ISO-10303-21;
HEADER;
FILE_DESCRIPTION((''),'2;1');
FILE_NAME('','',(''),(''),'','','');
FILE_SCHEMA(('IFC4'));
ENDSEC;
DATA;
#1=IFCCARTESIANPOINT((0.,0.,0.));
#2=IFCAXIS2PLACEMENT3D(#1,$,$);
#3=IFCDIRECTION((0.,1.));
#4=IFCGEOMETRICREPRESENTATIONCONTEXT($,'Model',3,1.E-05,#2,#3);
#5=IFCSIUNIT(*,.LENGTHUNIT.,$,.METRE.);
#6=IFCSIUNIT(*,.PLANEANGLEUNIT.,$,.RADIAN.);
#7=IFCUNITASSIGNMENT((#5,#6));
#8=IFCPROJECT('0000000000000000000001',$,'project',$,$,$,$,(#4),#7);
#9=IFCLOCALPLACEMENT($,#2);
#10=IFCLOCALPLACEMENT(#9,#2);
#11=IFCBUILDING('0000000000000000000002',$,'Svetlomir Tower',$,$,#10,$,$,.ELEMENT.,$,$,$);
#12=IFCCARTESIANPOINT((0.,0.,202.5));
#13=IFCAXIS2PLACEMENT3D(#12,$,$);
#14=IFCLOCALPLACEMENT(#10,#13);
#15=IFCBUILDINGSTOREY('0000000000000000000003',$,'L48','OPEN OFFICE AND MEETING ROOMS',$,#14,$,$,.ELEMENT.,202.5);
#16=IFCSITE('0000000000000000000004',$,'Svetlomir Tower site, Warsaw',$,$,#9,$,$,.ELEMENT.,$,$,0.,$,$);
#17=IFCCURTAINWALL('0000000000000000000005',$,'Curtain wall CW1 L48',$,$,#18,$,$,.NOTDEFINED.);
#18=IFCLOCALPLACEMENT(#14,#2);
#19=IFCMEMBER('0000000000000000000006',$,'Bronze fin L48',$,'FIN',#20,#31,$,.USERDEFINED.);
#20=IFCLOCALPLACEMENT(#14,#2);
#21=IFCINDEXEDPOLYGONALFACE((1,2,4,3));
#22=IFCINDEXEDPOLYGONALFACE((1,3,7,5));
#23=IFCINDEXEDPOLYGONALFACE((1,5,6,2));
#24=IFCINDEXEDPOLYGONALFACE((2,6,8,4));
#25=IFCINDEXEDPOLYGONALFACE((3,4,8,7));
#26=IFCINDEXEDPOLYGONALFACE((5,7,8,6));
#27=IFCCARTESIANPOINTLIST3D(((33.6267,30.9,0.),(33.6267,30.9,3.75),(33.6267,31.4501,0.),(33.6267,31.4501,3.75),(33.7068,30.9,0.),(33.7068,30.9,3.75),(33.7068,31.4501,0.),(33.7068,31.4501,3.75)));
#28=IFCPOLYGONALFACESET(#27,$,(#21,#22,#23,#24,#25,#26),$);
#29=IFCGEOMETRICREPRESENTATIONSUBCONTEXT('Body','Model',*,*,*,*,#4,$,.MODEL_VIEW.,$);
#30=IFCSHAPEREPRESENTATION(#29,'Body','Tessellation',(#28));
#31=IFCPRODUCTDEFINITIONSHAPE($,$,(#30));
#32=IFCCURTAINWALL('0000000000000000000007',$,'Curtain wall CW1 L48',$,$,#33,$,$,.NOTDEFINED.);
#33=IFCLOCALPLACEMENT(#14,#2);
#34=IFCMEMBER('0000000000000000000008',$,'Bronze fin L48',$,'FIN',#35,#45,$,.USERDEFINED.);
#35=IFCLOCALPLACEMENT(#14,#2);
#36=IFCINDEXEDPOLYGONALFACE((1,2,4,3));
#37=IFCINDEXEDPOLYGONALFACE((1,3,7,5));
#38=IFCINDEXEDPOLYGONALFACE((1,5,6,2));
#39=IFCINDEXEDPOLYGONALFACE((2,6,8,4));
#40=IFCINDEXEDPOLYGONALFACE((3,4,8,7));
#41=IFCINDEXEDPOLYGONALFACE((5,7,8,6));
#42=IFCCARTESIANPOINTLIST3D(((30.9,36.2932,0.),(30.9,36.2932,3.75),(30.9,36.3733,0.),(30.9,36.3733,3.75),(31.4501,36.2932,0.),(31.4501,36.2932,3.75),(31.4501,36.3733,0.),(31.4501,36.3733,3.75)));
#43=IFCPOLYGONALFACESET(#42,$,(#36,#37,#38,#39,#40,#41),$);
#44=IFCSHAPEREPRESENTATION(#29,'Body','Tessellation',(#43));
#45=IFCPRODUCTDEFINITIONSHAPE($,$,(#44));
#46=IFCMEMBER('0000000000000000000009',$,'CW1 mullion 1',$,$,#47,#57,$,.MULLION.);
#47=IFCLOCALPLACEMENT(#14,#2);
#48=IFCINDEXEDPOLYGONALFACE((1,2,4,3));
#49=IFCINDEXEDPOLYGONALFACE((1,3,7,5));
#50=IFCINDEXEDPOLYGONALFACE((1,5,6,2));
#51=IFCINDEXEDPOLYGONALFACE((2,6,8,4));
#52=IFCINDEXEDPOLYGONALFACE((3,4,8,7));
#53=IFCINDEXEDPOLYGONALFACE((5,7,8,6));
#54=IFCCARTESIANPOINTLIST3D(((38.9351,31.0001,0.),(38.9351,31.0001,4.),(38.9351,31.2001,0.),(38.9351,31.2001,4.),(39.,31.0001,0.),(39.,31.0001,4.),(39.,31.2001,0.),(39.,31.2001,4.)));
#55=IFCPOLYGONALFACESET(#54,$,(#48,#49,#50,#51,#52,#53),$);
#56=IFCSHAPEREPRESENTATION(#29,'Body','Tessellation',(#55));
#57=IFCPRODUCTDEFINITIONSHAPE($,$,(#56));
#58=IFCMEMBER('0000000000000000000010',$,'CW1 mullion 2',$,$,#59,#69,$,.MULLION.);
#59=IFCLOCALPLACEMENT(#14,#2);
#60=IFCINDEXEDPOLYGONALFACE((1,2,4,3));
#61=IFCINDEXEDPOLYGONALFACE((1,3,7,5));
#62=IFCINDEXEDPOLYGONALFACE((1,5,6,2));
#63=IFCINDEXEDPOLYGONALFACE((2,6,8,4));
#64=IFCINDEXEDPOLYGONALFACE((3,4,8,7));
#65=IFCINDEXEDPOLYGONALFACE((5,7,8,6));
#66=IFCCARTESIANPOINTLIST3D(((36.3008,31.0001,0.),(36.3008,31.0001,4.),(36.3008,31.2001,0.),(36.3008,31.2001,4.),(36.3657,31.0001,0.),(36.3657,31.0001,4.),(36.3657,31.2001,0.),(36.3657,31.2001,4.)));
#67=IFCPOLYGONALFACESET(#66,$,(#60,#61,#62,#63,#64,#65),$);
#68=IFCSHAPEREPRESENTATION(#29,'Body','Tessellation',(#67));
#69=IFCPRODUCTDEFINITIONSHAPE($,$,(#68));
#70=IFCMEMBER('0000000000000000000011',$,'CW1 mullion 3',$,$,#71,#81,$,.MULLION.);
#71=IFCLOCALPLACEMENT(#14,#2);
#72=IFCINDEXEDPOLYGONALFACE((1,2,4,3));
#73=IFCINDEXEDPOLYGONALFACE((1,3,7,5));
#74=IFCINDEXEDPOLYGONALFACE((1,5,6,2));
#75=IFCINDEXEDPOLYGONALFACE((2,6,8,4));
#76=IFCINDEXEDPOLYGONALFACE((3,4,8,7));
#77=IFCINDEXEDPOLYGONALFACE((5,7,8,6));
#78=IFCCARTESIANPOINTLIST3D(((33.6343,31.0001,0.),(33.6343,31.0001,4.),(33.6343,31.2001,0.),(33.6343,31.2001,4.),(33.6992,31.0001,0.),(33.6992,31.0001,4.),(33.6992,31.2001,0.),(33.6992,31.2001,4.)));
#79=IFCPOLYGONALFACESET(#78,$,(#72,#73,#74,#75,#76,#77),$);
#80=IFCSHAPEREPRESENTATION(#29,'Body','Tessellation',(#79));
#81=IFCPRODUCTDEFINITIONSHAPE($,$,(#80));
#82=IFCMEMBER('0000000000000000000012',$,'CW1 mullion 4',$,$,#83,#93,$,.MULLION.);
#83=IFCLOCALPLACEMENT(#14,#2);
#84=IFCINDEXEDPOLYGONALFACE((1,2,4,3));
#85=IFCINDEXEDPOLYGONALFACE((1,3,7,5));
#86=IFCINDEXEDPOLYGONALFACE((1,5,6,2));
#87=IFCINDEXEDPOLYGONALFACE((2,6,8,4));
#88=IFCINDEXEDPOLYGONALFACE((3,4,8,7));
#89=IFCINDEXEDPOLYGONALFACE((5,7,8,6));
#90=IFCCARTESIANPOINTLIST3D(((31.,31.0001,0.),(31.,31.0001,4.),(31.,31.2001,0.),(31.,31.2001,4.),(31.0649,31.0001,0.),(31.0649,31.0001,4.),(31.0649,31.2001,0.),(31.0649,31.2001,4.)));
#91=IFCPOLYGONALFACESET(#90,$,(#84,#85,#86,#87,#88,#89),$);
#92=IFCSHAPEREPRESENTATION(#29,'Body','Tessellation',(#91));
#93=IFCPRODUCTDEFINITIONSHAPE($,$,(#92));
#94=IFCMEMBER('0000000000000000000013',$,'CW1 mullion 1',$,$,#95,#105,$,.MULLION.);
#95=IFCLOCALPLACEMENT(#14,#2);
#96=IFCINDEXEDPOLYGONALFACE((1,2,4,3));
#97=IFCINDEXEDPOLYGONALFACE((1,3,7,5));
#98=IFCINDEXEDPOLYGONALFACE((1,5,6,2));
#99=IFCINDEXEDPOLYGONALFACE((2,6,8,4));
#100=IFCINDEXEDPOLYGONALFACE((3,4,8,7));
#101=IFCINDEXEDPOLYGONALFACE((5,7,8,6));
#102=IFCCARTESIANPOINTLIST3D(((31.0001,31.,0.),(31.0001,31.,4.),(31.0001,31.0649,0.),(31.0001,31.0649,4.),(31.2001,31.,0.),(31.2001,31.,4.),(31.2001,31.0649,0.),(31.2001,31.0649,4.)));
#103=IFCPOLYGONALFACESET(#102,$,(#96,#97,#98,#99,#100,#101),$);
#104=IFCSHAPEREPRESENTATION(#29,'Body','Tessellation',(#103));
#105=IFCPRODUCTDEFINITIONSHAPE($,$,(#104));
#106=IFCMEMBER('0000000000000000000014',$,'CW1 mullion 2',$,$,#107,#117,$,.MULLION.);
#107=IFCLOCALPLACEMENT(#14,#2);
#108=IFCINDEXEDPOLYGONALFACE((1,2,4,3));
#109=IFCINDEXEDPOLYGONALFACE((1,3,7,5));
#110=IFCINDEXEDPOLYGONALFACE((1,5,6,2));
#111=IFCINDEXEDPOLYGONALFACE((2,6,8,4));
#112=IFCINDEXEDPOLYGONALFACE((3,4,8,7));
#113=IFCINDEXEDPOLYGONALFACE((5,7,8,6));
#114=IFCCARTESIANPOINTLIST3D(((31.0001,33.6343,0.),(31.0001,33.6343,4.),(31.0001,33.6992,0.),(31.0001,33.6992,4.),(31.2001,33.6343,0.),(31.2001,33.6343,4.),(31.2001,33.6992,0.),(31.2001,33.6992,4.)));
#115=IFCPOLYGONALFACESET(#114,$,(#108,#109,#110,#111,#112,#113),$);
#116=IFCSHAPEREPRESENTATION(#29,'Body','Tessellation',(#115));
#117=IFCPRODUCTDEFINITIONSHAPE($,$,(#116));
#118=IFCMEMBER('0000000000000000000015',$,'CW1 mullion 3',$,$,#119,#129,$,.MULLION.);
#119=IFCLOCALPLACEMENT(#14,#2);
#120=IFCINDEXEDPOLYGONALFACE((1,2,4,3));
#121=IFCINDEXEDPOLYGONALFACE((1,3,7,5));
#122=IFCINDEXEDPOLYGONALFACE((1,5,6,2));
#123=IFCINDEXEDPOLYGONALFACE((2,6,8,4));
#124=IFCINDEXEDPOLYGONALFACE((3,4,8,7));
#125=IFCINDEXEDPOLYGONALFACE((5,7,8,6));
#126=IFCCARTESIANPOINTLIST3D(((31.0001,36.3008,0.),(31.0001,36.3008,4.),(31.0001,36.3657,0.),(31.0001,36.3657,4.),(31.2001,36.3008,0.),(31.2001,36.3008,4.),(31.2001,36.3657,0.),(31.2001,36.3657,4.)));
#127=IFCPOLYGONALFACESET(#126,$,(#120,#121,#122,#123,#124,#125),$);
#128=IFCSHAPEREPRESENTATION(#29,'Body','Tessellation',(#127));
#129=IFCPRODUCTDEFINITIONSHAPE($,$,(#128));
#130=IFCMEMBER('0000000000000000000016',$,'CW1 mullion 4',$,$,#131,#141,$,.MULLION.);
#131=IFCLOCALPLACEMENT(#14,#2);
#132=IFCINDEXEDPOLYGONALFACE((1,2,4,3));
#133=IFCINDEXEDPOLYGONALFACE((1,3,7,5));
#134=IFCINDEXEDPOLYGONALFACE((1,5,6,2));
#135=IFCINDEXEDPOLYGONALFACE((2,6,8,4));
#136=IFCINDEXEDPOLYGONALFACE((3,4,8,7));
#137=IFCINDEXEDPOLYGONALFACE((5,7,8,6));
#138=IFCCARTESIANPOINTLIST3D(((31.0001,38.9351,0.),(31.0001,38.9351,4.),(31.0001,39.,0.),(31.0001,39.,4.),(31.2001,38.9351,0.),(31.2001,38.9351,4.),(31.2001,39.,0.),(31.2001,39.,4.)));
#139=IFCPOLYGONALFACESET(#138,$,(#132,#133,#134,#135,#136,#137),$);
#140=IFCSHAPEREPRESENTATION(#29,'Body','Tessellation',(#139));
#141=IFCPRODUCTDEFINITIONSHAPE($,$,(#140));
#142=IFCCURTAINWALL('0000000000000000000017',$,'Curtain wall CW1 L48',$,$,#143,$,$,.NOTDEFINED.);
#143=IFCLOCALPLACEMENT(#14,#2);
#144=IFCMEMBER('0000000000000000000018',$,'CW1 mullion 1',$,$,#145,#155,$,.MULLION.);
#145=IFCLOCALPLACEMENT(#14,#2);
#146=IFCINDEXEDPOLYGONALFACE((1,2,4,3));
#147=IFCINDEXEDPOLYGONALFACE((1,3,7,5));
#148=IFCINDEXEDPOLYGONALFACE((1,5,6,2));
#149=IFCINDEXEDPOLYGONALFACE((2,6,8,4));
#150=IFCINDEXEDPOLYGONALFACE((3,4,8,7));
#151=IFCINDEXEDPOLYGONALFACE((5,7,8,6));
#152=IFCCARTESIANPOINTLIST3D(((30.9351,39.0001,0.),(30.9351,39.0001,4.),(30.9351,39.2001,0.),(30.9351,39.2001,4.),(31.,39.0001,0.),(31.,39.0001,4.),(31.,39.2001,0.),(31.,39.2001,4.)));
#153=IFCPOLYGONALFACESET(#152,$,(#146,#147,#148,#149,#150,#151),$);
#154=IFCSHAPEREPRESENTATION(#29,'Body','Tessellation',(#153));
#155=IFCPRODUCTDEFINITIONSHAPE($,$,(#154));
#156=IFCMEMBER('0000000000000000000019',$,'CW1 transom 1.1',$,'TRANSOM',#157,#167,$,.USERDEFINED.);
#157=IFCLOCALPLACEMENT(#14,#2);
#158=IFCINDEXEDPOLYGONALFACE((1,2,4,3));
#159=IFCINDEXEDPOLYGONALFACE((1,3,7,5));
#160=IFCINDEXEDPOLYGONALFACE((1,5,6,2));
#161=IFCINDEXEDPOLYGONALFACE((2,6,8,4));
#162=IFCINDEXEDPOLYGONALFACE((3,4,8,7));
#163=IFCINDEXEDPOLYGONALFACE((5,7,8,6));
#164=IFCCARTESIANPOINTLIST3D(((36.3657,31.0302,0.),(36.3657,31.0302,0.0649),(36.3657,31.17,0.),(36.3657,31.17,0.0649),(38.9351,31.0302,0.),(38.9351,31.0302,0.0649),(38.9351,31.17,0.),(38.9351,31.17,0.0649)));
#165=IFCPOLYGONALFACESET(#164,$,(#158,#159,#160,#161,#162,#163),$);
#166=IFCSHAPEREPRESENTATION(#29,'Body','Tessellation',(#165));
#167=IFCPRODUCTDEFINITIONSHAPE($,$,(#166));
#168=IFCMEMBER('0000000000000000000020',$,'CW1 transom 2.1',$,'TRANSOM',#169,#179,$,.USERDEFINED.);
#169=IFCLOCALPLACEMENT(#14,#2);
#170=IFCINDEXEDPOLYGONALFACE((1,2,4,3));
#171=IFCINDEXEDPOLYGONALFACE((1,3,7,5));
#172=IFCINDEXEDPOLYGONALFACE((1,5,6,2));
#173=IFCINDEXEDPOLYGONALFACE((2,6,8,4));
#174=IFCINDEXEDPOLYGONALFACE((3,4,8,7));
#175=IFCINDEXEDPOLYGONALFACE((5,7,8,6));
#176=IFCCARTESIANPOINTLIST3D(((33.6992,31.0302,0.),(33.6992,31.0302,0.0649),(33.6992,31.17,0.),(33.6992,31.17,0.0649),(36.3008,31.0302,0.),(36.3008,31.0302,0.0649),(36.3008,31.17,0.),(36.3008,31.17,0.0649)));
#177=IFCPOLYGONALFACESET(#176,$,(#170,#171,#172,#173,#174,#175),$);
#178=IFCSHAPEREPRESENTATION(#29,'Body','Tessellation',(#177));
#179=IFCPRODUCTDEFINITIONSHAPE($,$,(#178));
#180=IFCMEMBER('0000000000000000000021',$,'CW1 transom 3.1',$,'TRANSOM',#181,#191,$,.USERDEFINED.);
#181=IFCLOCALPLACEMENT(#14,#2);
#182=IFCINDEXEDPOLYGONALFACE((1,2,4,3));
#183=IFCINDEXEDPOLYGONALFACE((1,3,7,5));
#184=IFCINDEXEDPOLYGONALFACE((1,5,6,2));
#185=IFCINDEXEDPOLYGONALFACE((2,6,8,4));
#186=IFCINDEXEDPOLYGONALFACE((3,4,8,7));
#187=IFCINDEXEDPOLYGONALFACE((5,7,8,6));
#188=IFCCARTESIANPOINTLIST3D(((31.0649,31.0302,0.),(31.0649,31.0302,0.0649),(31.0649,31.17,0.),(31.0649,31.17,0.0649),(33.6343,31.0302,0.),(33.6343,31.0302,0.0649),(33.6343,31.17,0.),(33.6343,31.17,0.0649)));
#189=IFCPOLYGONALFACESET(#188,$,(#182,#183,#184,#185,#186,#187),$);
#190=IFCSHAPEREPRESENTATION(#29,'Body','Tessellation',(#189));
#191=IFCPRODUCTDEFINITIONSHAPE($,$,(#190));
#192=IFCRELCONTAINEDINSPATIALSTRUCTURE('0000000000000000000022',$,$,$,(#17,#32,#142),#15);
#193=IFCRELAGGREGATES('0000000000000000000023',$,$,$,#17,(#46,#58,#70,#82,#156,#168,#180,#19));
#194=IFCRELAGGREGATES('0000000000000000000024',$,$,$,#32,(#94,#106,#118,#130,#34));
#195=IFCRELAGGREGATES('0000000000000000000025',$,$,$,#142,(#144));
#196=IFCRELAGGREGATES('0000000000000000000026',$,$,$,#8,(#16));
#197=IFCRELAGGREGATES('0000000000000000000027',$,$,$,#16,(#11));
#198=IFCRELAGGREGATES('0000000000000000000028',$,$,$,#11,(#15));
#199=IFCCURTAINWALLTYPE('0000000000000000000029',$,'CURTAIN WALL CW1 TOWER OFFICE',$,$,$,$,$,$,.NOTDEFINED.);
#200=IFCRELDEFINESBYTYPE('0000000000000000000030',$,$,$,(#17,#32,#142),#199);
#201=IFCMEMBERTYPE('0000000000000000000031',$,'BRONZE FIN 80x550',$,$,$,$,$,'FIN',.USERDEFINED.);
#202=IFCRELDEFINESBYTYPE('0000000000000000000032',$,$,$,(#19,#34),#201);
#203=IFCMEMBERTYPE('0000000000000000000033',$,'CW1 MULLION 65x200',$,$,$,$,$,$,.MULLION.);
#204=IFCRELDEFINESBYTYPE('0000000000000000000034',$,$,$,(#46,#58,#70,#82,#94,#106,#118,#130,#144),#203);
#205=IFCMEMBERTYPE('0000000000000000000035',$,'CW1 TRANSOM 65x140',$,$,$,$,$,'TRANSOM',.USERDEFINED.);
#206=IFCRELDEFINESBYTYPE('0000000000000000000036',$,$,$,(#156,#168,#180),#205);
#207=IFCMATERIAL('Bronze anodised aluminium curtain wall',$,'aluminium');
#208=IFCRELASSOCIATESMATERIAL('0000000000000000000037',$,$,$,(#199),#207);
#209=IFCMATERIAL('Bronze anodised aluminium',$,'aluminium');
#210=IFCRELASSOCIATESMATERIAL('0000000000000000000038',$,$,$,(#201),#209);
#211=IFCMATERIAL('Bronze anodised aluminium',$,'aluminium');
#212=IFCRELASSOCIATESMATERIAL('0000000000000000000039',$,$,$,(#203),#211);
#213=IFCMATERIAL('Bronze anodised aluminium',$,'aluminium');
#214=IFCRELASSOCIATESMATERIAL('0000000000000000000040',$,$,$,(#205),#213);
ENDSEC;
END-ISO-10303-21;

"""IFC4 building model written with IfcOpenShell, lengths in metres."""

from ifc_helpers import new_model, si_unit, direction, frame, origin, origin_2d, place, context, subcontext, project, spatial, rectangle, extrude, material, material_profile, profile_set, type_object, element, aggregate, save


model = new_model("IFC4")

# Units and contexts
model_context = context("Model", 3, precision=1e-05, world=origin(), true_north=direction((0.0, 1.0)))
body_context = subcontext(model_context, "Body", "Model", "MODEL_VIEW")
ifc_project = project(units=[si_unit("LENGTHUNIT", "METRE"), si_unit("PLANEANGLEUNIT", "RADIAN")], contexts=[model_context])

# Site, building, storey
site_placement = place(None, origin())
site = spatial("IfcSite", under=ifc_project, at=site_placement, Name="Svetlomir Tower site, Warsaw", CompositionType="ELEMENT", RefElevation=0.0)
building_placement = place(site_placement, origin())
building = spatial("IfcBuilding", under=site, at=building_placement, Name="Svetlomir Tower", CompositionType="ELEMENT")
storey_placement = place(building_placement, frame((0.0, 0.0, 202.5)))
storey = spatial("IfcBuildingStorey", under=building, at=storey_placement, Name="L48", Description="OPEN OFFICE AND MEETING ROOMS", CompositionType="ELEMENT", Elevation=202.5)

# Curtain walls, members
ifc_material_1 = material(Name="Bronze anodised aluminium curtain wall", Category="aluminium")
curtain_wall_type = type_object("IfcCurtainWallType", Name="CURTAIN WALL CW1 TOWER OFFICE", PredefinedType="NOTDEFINED", material=ifc_material_1)
curtain_wall_1_placement = place(storey_placement, origin())
curtain_wall_1 = element("IfcCurtainWall", 1, at=curtain_wall_1_placement, inside=storey, type_object=curtain_wall_type, Name="Curtain wall CW1 L48", PredefinedType="NOTDEFINED")
ifc_material_2 = material(Name="Bronze anodised aluminium", Category="aluminium")
ifc_material_profile_1 = material_profile(ifc_material_2, rectangle(XDim=0.0801, YDim=0.55, at=origin_2d()), Name="FIN 80x550")
ifc_profile_set_1 = profile_set([ifc_material_profile_1], Name="Bronze anodised aluminium 6063-T6")
member_type_1 = type_object("IfcMemberType", Name="BRONZE FIN 80x550", ElementType="FIN", PredefinedType="USERDEFINED", material=ifc_profile_set_1)
member_1_placement = place(storey_placement, frame((33.6667, 31.175, 0.0), z_axis=(0.0, 0.0, 1.0), x_axis=(1.0, 0.0, 0.0)))
member_1 = element("IfcMember", 2, at=member_1_placement, type_object=member_type_1, Name="Bronze fin L48", ObjectType="FIN", PredefinedType="USERDEFINED", context=body_context, shape_type="SweptSolid", body=[
    extrude(rectangle(XDim=0.0801, YDim=0.55, at=origin_2d()), origin(), (0.0, 0.0, 1.0), 3.75),
])
curtain_wall_2_placement = place(storey_placement, origin())
curtain_wall_2 = element("IfcCurtainWall", 3, at=curtain_wall_2_placement, inside=storey, type_object=curtain_wall_type, Name="Curtain wall CW1 L48", PredefinedType="NOTDEFINED")
member_2_placement = place(storey_placement, frame((31.175, 36.3333, 0.0), z_axis=(0.0, 0.0, 1.0), x_axis=(0.0, 1.0, 0.0)))
member_2 = element("IfcMember", 4, at=member_2_placement, type_object=member_type_1, Name="Bronze fin L48", ObjectType="FIN", PredefinedType="USERDEFINED", context=body_context, shape_type="SweptSolid", body=[
    extrude(rectangle(XDim=0.0801, YDim=0.55, at=origin_2d()), origin(), (0.0, 0.0, 1.0), 3.75),
])

# Members
ifc_material_3 = material(Name="Bronze anodised aluminium", Category="aluminium")
ifc_material_profile_2 = material_profile(ifc_material_3, rectangle(XDim=0.0649, YDim=0.2, at=origin_2d()), Name="AL 65x200")
ifc_profile_set_2 = profile_set([ifc_material_profile_2], Name="Bronze anodised aluminium 6063-T6")
member_type_2 = type_object("IfcMemberType", Name="CW1 MULLION 65x200", PredefinedType="MULLION", material=ifc_profile_set_2)
member_3_placement = place(storey_placement, frame((38.9675, 31.1001, 0.0), z_axis=(0.0, 0.0, 1.0), x_axis=(-1.0, 0.0, 0.0)))
member_3 = element("IfcMember", 5, at=member_3_placement, type_object=member_type_2, Name="CW1 mullion 1", PredefinedType="MULLION", context=body_context, shape_type="SweptSolid", body=[
    extrude(rectangle(XDim=0.0649, YDim=0.2, at=origin_2d()), origin(), (0.0, 0.0, 1.0), 4.0),
])
member_4_placement = place(storey_placement, frame((36.3333, 31.1001, 0.0), z_axis=(0.0, 0.0, 1.0), x_axis=(-1.0, 0.0, 0.0)))
member_4 = element("IfcMember", 6, at=member_4_placement, type_object=member_type_2, Name="CW1 mullion 2", PredefinedType="MULLION", context=body_context, shape_type="SweptSolid", body=[
    extrude(rectangle(XDim=0.0649, YDim=0.2, at=origin_2d()), origin(), (0.0, 0.0, 1.0), 4.0),
])
member_5_placement = place(storey_placement, frame((33.6667, 31.1001, 0.0), z_axis=(0.0, 0.0, 1.0), x_axis=(-1.0, 0.0, 0.0)))
member_5 = element("IfcMember", 7, at=member_5_placement, type_object=member_type_2, Name="CW1 mullion 3", PredefinedType="MULLION", context=body_context, shape_type="SweptSolid", body=[
    extrude(rectangle(XDim=0.0649, YDim=0.2, at=origin_2d()), origin(), (0.0, 0.0, 1.0), 4.0),
])
member_6_placement = place(storey_placement, frame((31.0325, 31.1001, 0.0), z_axis=(0.0, 0.0, 1.0), x_axis=(-1.0, 0.0, 0.0)))
member_6 = element("IfcMember", 8, at=member_6_placement, type_object=member_type_2, Name="CW1 mullion 4", PredefinedType="MULLION", context=body_context, shape_type="SweptSolid", body=[
    extrude(rectangle(XDim=0.0649, YDim=0.2, at=origin_2d()), origin(), (0.0, 0.0, 1.0), 4.0),
])
member_7_placement = place(storey_placement, frame((31.1001, 31.0325, 0.0), z_axis=(0.0, 0.0, 1.0), x_axis=(0.0, 1.0, 0.0)))
member_7 = element("IfcMember", 9, at=member_7_placement, type_object=member_type_2, Name="CW1 mullion 1", PredefinedType="MULLION", context=body_context, shape_type="SweptSolid", body=[
    extrude(rectangle(XDim=0.0649, YDim=0.2, at=origin_2d()), origin(), (0.0, 0.0, 1.0), 4.0),
])
member_8_placement = place(storey_placement, frame((31.1001, 33.6667, 0.0), z_axis=(0.0, 0.0, 1.0), x_axis=(0.0, 1.0, 0.0)))
member_8 = element("IfcMember", 10, at=member_8_placement, type_object=member_type_2, Name="CW1 mullion 2", PredefinedType="MULLION", context=body_context, shape_type="SweptSolid", body=[
    extrude(rectangle(XDim=0.0649, YDim=0.2, at=origin_2d()), origin(), (0.0, 0.0, 1.0), 4.0),
])
member_9_placement = place(storey_placement, frame((31.1001, 36.3333, 0.0), z_axis=(0.0, 0.0, 1.0), x_axis=(0.0, 1.0, 0.0)))
member_9 = element("IfcMember", 11, at=member_9_placement, type_object=member_type_2, Name="CW1 mullion 3", PredefinedType="MULLION", context=body_context, shape_type="SweptSolid", body=[
    extrude(rectangle(XDim=0.0649, YDim=0.2, at=origin_2d()), origin(), (0.0, 0.0, 1.0), 4.0),
])
member_10_placement = place(storey_placement, frame((31.1001, 38.9675, 0.0), z_axis=(0.0, 0.0, 1.0), x_axis=(0.0, 1.0, 0.0)))
member_10 = element("IfcMember", 12, at=member_10_placement, type_object=member_type_2, Name="CW1 mullion 4", PredefinedType="MULLION", context=body_context, shape_type="SweptSolid", body=[
    extrude(rectangle(XDim=0.0649, YDim=0.2, at=origin_2d()), origin(), (0.0, 0.0, 1.0), 4.0),
])

# Curtain wall, member
curtain_wall_3_placement = place(storey_placement, origin())
curtain_wall_3 = element("IfcCurtainWall", 13, at=curtain_wall_3_placement, inside=storey, type_object=curtain_wall_type, Name="Curtain wall CW1 L48", PredefinedType="NOTDEFINED")
member_11_placement = place(storey_placement, frame((30.9675, 39.1001, 0.0), z_axis=(0.0, 0.0, 1.0), x_axis=(-1.0, 0.0, 0.0)))
member_11 = element("IfcMember", 14, at=member_11_placement, type_object=member_type_2, Name="CW1 mullion 1", PredefinedType="MULLION", context=body_context, shape_type="SweptSolid", body=[
    extrude(rectangle(XDim=0.0649, YDim=0.2, at=origin_2d()), origin(), (0.0, 0.0, 1.0), 4.0),
])

# Members
ifc_material_4 = material(Name="Bronze anodised aluminium", Category="aluminium")
ifc_material_profile_3 = material_profile(ifc_material_4, rectangle(XDim=0.1399, YDim=0.0649, at=origin_2d()), Name="AL 140x65")
ifc_profile_set_3 = profile_set([ifc_material_profile_3], Name="Bronze anodised aluminium 6063-T6")
member_type_3 = type_object("IfcMemberType", Name="CW1 TRANSOM 65x140", ElementType="TRANSOM", PredefinedType="USERDEFINED", material=ifc_profile_set_3)
member_12_placement = place(storey_placement, frame((38.9351, 31.1001, 0.0325), z_axis=(-1.0, 0.0, 0.0), x_axis=(0.0, -1.0, 0.0)))
member_12 = element("IfcMember", 15, at=member_12_placement, type_object=member_type_3, Name="CW1 transom 1.1", ObjectType="TRANSOM", PredefinedType="USERDEFINED", context=body_context, shape_type="SweptSolid", body=[
    extrude(rectangle(XDim=0.1399, YDim=0.0649, at=origin_2d()), origin(), (0.0, 0.0, 1.0), 2.5693),
])
member_13_placement = place(storey_placement, frame((36.3008, 31.1001, 0.0325), z_axis=(-1.0, 0.0, 0.0), x_axis=(0.0, -1.0, 0.0)))
member_13 = element("IfcMember", 16, at=member_13_placement, type_object=member_type_3, Name="CW1 transom 2.1", ObjectType="TRANSOM", PredefinedType="USERDEFINED", context=body_context, shape_type="SweptSolid", body=[
    extrude(rectangle(XDim=0.1399, YDim=0.0649, at=origin_2d()), origin(), (0.0, 0.0, 1.0), 2.6016),
])
member_14_placement = place(storey_placement, frame((33.6343, 31.1001, 0.0325), z_axis=(-1.0, 0.0, 0.0), x_axis=(0.0, -1.0, 0.0)))
member_14 = element("IfcMember", 17, at=member_14_placement, type_object=member_type_3, Name="CW1 transom 3.1", ObjectType="TRANSOM", PredefinedType="USERDEFINED", context=body_context, shape_type="SweptSolid", body=[
    extrude(rectangle(XDim=0.1399, YDim=0.0649, at=origin_2d()), origin(), (0.0, 0.0, 1.0), 2.5693),
])

aggregate(curtain_wall_1, [member_3, member_4, member_5, member_6, member_12, member_13, member_14, member_1])
aggregate(curtain_wall_2, [member_7, member_8, member_9, member_10, member_2])
aggregate(curtain_wall_3, [member_11])

save(model, "model.ifc")
